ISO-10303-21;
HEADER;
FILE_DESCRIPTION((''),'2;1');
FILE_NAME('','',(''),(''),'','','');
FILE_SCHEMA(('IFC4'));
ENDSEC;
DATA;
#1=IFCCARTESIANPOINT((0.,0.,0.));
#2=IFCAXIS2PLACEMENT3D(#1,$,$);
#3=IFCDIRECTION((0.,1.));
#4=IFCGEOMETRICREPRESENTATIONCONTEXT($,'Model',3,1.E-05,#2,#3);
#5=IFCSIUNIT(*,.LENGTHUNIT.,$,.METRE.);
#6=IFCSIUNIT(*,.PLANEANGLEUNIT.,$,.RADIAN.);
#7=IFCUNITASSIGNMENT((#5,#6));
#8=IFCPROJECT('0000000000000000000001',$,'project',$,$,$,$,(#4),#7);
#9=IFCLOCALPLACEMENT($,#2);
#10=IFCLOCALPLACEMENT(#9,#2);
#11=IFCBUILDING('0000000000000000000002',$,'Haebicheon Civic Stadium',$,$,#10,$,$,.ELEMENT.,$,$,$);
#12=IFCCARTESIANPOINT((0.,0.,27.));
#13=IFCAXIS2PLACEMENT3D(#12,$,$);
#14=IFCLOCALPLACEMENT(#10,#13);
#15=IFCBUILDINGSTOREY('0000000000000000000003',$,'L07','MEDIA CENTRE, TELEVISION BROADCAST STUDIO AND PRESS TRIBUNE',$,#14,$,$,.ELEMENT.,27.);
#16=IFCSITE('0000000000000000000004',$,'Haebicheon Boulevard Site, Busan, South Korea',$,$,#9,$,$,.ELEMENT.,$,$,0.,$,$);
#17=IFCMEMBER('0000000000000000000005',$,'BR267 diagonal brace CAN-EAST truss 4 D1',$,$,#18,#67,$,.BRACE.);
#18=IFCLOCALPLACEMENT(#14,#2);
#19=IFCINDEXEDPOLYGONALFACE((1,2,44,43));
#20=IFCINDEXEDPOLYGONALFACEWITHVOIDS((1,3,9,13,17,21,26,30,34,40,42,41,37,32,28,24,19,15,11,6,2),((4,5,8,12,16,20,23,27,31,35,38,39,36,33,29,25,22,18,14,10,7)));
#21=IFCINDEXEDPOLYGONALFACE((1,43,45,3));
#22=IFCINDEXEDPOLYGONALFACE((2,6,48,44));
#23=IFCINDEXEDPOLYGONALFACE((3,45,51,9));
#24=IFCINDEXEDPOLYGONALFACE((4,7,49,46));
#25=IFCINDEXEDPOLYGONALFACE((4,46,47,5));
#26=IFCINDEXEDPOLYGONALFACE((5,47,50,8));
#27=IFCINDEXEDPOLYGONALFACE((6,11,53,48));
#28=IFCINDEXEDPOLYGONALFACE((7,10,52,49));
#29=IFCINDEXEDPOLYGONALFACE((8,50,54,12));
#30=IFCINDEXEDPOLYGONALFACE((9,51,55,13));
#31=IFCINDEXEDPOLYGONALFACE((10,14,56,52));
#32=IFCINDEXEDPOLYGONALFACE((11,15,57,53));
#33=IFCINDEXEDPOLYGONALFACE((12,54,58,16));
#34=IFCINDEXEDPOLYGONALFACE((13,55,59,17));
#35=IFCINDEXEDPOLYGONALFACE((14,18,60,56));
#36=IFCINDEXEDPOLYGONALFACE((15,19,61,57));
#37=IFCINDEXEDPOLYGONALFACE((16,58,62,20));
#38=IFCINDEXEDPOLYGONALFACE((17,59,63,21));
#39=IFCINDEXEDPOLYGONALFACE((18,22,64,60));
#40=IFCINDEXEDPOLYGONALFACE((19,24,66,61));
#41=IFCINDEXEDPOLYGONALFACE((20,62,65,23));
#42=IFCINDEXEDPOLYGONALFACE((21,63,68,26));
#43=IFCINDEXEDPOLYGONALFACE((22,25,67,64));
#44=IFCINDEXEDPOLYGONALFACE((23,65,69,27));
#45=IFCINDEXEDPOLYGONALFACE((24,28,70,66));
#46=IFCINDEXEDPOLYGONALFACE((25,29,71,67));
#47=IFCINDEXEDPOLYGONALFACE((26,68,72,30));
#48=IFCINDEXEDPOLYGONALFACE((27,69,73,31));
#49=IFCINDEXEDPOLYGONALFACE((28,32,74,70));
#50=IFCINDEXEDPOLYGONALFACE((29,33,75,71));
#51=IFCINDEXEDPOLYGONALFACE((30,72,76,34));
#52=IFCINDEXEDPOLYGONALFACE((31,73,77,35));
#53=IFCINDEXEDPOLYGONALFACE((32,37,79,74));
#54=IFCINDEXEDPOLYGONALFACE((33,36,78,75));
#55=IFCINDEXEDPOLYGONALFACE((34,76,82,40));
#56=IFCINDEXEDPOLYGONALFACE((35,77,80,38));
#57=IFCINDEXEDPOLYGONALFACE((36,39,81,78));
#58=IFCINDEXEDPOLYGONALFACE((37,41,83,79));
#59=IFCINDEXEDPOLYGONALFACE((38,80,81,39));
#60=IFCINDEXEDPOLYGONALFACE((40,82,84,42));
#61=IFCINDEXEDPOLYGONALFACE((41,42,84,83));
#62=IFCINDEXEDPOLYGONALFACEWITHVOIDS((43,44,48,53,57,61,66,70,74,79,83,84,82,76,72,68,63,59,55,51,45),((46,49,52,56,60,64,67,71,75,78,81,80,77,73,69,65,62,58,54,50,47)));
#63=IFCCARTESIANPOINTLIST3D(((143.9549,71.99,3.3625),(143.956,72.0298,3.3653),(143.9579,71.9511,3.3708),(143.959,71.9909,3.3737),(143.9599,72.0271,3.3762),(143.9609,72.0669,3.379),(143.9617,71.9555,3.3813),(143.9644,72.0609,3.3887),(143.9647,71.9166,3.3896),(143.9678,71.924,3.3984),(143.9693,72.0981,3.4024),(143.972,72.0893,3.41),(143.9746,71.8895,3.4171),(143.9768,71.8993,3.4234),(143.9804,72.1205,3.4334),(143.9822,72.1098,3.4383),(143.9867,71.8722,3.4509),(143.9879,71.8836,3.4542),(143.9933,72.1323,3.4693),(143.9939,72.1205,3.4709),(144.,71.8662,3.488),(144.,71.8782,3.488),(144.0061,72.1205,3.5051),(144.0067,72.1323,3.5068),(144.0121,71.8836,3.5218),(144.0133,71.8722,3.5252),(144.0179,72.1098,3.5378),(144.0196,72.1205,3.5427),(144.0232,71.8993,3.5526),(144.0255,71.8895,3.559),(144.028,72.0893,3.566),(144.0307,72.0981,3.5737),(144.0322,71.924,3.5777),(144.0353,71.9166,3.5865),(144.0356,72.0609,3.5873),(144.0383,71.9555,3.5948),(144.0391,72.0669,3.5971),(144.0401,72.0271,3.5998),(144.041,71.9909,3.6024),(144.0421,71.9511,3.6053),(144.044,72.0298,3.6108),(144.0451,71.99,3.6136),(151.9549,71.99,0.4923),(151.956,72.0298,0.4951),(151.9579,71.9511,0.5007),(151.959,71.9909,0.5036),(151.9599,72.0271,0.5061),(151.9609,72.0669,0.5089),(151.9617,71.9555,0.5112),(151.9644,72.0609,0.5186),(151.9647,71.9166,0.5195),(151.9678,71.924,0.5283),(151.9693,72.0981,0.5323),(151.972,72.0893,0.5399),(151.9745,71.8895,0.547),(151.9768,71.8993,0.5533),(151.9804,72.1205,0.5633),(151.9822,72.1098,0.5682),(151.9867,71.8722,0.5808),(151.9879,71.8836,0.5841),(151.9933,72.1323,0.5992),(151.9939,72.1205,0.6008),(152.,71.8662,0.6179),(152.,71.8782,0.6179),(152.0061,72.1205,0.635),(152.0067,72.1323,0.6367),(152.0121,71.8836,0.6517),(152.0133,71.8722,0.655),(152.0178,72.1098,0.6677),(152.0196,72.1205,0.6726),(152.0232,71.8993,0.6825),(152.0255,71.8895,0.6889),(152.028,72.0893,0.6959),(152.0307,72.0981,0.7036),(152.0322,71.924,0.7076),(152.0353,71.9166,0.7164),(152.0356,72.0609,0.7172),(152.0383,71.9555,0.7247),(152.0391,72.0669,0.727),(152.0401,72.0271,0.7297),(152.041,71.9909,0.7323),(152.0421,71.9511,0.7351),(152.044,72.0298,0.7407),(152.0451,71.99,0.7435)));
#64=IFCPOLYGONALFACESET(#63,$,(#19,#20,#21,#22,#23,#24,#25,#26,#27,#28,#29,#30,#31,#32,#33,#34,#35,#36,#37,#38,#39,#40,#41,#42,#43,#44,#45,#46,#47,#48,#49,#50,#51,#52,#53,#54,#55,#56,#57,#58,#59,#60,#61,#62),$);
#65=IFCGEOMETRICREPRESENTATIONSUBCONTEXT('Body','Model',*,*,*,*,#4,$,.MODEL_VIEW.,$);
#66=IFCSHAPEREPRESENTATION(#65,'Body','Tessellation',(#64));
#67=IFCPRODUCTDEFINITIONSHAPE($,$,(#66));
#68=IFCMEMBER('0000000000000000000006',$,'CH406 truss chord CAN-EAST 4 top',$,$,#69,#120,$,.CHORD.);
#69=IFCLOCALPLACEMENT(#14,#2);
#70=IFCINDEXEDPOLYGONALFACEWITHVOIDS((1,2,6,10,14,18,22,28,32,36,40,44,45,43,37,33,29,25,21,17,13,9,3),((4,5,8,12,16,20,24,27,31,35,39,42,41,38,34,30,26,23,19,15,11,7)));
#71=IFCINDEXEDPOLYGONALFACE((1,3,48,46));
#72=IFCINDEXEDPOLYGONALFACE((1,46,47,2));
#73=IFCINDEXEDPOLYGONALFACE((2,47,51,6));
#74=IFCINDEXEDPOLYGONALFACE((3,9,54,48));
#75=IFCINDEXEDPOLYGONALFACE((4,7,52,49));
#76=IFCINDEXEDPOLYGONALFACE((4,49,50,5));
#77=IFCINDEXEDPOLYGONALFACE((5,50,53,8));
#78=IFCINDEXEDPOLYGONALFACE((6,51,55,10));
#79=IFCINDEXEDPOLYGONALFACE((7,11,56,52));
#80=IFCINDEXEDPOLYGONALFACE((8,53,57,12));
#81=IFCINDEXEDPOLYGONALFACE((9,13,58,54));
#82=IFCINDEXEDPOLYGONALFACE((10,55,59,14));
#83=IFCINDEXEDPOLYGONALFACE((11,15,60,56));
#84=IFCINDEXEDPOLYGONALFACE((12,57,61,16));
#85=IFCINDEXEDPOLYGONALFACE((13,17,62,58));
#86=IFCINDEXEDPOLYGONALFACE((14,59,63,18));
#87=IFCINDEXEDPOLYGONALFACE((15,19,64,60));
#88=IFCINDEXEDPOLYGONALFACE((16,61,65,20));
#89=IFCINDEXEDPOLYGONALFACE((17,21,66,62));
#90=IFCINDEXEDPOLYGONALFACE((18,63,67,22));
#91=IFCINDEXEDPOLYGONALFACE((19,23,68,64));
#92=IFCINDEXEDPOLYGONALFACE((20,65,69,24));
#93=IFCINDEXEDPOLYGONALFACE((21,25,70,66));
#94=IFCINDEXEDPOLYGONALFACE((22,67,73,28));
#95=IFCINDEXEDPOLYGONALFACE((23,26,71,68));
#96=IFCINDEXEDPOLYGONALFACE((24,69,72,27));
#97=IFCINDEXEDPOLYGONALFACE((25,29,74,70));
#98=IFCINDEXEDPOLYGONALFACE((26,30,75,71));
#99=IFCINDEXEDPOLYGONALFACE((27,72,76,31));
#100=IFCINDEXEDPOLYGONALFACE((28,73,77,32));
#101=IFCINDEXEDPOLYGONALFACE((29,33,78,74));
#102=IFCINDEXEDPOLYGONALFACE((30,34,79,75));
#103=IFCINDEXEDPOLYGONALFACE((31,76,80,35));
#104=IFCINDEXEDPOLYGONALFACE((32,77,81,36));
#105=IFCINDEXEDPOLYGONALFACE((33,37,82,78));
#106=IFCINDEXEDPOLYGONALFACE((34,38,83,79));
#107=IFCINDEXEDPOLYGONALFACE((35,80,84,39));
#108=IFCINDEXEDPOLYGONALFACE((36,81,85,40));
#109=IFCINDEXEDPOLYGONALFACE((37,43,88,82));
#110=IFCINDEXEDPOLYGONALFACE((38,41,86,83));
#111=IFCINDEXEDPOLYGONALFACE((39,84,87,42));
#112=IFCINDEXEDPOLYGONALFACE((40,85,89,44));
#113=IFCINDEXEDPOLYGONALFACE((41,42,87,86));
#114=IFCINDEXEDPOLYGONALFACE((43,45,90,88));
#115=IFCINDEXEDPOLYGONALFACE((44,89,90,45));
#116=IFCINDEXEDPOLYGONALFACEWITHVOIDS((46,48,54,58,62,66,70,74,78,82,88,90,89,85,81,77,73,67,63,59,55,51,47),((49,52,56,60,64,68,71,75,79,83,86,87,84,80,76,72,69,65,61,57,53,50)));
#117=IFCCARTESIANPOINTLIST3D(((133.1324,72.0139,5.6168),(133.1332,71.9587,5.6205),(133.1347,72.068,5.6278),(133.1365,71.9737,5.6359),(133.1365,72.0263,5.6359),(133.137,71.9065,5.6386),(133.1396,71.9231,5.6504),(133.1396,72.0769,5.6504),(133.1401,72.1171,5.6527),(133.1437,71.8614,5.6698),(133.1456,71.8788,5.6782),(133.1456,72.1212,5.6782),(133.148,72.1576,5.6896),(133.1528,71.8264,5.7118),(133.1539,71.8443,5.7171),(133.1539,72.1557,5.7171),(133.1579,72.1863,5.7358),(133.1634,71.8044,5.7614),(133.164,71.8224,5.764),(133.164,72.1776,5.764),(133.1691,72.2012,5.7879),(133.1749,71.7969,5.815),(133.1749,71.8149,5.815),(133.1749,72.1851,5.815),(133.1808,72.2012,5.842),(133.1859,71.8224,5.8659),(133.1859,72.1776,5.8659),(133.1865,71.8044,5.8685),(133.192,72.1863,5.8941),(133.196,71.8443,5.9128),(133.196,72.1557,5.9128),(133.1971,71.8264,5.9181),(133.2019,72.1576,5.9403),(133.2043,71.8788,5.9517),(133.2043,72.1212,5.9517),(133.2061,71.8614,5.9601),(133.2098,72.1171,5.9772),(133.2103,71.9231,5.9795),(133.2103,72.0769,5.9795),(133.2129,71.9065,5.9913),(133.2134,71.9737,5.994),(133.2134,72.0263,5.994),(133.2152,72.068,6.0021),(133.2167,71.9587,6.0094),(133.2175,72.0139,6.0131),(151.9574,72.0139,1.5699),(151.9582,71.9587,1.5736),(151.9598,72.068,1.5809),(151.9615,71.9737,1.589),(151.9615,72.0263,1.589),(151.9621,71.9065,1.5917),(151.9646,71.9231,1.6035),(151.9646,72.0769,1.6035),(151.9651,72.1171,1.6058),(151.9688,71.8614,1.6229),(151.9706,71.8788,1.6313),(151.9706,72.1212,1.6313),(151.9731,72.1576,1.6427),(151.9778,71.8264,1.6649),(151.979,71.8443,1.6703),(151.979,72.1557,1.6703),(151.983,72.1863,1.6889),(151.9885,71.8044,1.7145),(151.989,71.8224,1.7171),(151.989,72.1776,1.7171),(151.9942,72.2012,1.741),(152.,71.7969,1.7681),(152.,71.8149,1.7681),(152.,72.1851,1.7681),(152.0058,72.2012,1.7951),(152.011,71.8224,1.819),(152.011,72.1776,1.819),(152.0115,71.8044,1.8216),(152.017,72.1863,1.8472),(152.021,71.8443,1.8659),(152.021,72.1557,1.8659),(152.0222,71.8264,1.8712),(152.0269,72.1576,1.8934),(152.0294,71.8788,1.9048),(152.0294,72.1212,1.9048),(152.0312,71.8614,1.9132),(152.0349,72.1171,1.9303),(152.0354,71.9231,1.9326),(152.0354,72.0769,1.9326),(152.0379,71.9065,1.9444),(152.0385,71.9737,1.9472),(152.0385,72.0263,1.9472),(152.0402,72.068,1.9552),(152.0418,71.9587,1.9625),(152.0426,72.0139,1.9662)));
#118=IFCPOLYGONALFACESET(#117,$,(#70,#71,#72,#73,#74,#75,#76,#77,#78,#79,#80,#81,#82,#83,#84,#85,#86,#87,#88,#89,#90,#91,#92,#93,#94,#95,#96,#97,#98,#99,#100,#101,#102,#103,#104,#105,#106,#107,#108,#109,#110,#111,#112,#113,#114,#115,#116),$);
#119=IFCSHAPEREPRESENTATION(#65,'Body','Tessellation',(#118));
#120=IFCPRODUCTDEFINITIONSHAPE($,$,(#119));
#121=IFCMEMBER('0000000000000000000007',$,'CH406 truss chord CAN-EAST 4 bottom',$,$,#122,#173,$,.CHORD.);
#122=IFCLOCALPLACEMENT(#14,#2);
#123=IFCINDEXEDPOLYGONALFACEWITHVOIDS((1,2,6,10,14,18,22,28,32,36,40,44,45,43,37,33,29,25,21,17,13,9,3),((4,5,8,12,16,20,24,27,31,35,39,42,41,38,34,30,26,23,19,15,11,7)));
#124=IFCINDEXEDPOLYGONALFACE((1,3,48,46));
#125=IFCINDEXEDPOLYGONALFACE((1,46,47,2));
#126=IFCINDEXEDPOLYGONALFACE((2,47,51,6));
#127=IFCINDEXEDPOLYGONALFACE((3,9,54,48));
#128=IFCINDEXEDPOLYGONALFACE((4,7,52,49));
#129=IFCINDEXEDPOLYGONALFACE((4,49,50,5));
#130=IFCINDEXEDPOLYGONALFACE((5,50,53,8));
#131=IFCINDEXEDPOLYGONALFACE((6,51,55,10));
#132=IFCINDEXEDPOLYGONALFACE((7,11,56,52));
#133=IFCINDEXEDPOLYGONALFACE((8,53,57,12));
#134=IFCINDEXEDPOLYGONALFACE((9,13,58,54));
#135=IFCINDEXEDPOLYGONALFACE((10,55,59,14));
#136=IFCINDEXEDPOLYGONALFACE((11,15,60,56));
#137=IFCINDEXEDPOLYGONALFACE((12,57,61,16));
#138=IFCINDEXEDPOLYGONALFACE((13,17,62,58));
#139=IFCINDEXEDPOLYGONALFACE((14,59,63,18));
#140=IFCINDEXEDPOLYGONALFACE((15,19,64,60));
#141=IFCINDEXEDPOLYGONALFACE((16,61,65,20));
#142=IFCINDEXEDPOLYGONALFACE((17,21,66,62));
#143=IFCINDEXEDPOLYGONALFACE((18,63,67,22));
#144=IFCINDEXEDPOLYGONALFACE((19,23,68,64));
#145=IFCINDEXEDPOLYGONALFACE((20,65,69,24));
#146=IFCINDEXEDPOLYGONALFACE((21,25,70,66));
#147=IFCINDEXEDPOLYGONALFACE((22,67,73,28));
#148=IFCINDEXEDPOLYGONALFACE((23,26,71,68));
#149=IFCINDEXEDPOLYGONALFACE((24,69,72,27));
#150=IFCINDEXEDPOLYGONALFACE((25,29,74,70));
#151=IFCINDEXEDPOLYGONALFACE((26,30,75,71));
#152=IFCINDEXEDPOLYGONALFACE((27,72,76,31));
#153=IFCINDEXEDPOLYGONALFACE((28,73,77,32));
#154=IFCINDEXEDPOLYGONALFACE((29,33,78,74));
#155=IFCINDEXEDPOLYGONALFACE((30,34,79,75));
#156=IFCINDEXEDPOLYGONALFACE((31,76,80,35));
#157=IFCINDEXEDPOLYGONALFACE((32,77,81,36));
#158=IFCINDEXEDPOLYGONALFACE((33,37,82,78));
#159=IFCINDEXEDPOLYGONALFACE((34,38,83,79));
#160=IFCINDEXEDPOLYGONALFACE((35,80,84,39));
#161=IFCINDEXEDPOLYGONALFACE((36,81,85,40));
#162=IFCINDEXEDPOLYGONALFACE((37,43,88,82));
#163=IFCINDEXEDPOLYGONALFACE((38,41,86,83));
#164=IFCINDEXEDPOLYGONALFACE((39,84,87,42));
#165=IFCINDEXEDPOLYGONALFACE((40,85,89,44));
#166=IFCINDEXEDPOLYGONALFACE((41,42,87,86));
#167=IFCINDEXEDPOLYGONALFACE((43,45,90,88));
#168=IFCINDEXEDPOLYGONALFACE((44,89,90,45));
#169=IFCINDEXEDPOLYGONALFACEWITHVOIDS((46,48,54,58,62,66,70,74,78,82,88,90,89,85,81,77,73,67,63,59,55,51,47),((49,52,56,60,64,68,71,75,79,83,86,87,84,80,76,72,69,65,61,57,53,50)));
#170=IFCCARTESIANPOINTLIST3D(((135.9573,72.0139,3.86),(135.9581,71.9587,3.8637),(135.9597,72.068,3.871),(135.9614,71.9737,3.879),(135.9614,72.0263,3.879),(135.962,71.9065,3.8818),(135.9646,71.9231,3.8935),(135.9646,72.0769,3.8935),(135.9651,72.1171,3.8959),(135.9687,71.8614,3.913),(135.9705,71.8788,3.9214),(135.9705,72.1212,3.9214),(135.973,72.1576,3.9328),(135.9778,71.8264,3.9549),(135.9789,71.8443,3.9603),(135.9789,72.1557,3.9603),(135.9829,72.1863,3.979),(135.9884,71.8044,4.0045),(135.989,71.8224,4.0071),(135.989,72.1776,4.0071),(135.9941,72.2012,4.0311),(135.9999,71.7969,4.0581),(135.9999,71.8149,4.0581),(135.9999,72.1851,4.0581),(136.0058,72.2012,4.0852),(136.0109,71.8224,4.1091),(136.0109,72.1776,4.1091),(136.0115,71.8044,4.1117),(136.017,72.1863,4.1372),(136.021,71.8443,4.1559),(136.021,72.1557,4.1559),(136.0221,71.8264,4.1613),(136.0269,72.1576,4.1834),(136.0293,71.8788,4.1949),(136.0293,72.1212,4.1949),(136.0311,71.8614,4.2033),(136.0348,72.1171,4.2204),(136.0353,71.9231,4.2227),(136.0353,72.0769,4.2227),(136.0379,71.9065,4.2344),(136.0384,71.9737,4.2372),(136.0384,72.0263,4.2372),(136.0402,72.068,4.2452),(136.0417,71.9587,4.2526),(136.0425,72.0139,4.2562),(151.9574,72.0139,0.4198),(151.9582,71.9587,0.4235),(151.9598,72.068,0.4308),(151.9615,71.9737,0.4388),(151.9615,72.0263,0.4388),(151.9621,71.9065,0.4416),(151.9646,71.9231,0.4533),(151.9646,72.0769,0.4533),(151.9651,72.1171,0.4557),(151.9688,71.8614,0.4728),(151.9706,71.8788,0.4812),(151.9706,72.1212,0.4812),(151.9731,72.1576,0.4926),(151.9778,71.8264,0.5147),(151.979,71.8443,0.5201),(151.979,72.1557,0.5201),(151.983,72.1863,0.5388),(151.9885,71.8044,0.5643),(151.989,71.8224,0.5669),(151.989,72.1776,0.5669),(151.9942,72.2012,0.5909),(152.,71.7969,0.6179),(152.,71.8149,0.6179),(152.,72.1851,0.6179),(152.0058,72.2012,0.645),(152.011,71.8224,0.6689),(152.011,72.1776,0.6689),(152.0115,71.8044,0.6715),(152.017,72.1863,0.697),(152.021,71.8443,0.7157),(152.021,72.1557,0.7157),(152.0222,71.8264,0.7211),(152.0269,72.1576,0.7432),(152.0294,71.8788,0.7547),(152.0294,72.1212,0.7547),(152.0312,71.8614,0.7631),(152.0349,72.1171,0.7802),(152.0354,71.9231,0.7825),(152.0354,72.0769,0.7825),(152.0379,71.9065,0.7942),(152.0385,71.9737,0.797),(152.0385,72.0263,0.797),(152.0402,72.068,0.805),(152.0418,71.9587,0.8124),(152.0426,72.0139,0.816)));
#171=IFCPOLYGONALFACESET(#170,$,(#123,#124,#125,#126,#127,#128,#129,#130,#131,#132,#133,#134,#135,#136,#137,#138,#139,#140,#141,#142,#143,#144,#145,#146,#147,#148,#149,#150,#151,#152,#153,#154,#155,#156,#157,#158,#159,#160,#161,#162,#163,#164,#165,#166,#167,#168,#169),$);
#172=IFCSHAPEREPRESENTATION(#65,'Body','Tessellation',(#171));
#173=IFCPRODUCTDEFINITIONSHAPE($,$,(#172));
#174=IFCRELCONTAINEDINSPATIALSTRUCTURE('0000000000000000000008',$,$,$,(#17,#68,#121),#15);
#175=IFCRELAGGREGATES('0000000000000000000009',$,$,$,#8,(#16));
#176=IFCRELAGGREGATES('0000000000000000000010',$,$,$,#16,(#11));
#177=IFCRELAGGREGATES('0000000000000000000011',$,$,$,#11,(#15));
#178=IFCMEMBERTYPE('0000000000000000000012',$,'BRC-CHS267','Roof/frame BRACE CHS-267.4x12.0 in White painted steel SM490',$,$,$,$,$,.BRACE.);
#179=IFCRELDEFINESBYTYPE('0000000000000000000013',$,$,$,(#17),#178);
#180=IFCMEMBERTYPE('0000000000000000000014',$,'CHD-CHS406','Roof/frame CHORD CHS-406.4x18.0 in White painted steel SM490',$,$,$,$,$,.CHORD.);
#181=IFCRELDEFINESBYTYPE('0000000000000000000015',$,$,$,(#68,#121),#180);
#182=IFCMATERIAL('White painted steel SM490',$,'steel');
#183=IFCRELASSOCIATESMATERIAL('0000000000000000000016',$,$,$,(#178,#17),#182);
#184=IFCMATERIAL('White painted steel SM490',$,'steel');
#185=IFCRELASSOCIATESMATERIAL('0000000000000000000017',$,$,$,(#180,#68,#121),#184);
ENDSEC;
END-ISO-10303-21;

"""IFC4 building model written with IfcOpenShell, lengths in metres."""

from ifc_helpers import new_model, si_unit, direction, frame, origin, origin_2d, place, context, subcontext, project, spatial, hollow_circle, extrude, material, material_profile, profile_set, type_object, element, save


model = new_model("IFC4")

# Units and contexts
model_context = context("Model", 3, precision=1e-05, world=origin(), true_north=direction((0.0, 1.0)))
body_context = subcontext(model_context, "Body", "Model", "MODEL_VIEW")
ifc_project = project(units=[si_unit("LENGTHUNIT", "METRE"), si_unit("PLANEANGLEUNIT", "RADIAN")], contexts=[model_context])

# Site, building, storey
site_placement = place(None, origin())
site = spatial("IfcSite", under=ifc_project, at=site_placement, Name="Haebicheon Boulevard Site, Busan, South Korea", CompositionType="ELEMENT", RefElevation=0.0)
building_placement = place(site_placement, origin())
building = spatial("IfcBuilding", under=site, at=building_placement, Name="Haebicheon Civic Stadium", CompositionType="ELEMENT")
storey_placement = place(building_placement, frame((0.0, 0.0, 27.0)))
storey = spatial("IfcBuildingStorey", under=building, at=storey_placement, Name="L07", Description="MEDIA CENTRE, TELEVISION BROADCAST STUDIO AND PRESS TRIBUNE", CompositionType="ELEMENT", Elevation=27.0)

# Members
ifc_material_1 = material(Name="White painted steel SM490", Category="steel")
ifc_material_profile_1 = material_profile(ifc_material_1, hollow_circle(Radius=0.1338, WallThickness=0.012, at=origin_2d()), Name="CHS-267.4x12.0")
ifc_profile_set_1 = profile_set([ifc_material_profile_1], Name="White painted steel SM490")
member_type_1 = type_object("IfcMemberType", Name="BRC-CHS267", Description="Roof/frame BRACE CHS-267.4x12.0 in White painted steel SM490", PredefinedType="BRACE", material=ifc_profile_set_1)
member_1_placement = place(storey_placement, frame((152.0, 72.0, 0.6179), z_axis=(-0.941257, 0.0, 0.33769), x_axis=(0.0, -1.0, 0.0)))
element("IfcMember", 1, at=member_1_placement, inside=storey, type_object=member_type_1, material=ifc_profile_set_1, Name="BR267 diagonal brace CAN-EAST truss 4 D1", PredefinedType="BRACE", context=body_context, shape_type="SweptSolid", body=[
    extrude(hollow_circle(Radius=0.1338, WallThickness=0.012, at=origin_2d()), origin(), (0.0, 0.0, 1.0), 8.4993),
])
ifc_material_2 = material(Name="White painted steel SM490", Category="steel")
ifc_material_profile_2 = material_profile(ifc_material_2, hollow_circle(Radius=0.2031, WallThickness=0.0181, at=origin_2d()), Name="CHS-406.4x18.0")
ifc_profile_set_2 = profile_set([ifc_material_profile_2], Name="White painted steel SM490")
member_type_2 = type_object("IfcMemberType", Name="CHD-CHS406", Description="Roof/frame CHORD CHS-406.4x18.0 in White painted steel SM490", PredefinedType="CHORD", material=ifc_profile_set_2)
member_2_placement = place(storey_placement, frame((152.0, 72.0, 1.7681), z_axis=(-0.977664, 0.0, 0.210172), x_axis=(0.0, -1.0, 0.0)))
element("IfcMember", 2, at=member_2_placement, inside=storey, type_object=member_type_2, material=ifc_profile_set_2, Name="CH406 truss chord CAN-EAST 4 top", PredefinedType="CHORD", context=body_context, shape_type="SweptSolid", body=[
    extrude(hollow_circle(Radius=0.2031, WallThickness=0.0181, at=origin_2d()), origin(), (0.0, 0.0, 1.0), 19.2551),
])
member_3_placement = place(storey_placement, frame((152.0, 72.0, 0.6179), z_axis=(-0.977657, 0.0, 0.210208), x_axis=(0.0, -1.0, 0.0)))
element("IfcMember", 3, at=member_3_placement, inside=storey, type_object=member_type_2, material=ifc_profile_set_2, Name="CH406 truss chord CAN-EAST 4 bottom", PredefinedType="CHORD", context=body_context, shape_type="SweptSolid", body=[
    extrude(hollow_circle(Radius=0.2031, WallThickness=0.0181, at=origin_2d()), origin(), (0.0, 0.0, 1.0), 16.3657),
])

save(model, "model.ifc")
